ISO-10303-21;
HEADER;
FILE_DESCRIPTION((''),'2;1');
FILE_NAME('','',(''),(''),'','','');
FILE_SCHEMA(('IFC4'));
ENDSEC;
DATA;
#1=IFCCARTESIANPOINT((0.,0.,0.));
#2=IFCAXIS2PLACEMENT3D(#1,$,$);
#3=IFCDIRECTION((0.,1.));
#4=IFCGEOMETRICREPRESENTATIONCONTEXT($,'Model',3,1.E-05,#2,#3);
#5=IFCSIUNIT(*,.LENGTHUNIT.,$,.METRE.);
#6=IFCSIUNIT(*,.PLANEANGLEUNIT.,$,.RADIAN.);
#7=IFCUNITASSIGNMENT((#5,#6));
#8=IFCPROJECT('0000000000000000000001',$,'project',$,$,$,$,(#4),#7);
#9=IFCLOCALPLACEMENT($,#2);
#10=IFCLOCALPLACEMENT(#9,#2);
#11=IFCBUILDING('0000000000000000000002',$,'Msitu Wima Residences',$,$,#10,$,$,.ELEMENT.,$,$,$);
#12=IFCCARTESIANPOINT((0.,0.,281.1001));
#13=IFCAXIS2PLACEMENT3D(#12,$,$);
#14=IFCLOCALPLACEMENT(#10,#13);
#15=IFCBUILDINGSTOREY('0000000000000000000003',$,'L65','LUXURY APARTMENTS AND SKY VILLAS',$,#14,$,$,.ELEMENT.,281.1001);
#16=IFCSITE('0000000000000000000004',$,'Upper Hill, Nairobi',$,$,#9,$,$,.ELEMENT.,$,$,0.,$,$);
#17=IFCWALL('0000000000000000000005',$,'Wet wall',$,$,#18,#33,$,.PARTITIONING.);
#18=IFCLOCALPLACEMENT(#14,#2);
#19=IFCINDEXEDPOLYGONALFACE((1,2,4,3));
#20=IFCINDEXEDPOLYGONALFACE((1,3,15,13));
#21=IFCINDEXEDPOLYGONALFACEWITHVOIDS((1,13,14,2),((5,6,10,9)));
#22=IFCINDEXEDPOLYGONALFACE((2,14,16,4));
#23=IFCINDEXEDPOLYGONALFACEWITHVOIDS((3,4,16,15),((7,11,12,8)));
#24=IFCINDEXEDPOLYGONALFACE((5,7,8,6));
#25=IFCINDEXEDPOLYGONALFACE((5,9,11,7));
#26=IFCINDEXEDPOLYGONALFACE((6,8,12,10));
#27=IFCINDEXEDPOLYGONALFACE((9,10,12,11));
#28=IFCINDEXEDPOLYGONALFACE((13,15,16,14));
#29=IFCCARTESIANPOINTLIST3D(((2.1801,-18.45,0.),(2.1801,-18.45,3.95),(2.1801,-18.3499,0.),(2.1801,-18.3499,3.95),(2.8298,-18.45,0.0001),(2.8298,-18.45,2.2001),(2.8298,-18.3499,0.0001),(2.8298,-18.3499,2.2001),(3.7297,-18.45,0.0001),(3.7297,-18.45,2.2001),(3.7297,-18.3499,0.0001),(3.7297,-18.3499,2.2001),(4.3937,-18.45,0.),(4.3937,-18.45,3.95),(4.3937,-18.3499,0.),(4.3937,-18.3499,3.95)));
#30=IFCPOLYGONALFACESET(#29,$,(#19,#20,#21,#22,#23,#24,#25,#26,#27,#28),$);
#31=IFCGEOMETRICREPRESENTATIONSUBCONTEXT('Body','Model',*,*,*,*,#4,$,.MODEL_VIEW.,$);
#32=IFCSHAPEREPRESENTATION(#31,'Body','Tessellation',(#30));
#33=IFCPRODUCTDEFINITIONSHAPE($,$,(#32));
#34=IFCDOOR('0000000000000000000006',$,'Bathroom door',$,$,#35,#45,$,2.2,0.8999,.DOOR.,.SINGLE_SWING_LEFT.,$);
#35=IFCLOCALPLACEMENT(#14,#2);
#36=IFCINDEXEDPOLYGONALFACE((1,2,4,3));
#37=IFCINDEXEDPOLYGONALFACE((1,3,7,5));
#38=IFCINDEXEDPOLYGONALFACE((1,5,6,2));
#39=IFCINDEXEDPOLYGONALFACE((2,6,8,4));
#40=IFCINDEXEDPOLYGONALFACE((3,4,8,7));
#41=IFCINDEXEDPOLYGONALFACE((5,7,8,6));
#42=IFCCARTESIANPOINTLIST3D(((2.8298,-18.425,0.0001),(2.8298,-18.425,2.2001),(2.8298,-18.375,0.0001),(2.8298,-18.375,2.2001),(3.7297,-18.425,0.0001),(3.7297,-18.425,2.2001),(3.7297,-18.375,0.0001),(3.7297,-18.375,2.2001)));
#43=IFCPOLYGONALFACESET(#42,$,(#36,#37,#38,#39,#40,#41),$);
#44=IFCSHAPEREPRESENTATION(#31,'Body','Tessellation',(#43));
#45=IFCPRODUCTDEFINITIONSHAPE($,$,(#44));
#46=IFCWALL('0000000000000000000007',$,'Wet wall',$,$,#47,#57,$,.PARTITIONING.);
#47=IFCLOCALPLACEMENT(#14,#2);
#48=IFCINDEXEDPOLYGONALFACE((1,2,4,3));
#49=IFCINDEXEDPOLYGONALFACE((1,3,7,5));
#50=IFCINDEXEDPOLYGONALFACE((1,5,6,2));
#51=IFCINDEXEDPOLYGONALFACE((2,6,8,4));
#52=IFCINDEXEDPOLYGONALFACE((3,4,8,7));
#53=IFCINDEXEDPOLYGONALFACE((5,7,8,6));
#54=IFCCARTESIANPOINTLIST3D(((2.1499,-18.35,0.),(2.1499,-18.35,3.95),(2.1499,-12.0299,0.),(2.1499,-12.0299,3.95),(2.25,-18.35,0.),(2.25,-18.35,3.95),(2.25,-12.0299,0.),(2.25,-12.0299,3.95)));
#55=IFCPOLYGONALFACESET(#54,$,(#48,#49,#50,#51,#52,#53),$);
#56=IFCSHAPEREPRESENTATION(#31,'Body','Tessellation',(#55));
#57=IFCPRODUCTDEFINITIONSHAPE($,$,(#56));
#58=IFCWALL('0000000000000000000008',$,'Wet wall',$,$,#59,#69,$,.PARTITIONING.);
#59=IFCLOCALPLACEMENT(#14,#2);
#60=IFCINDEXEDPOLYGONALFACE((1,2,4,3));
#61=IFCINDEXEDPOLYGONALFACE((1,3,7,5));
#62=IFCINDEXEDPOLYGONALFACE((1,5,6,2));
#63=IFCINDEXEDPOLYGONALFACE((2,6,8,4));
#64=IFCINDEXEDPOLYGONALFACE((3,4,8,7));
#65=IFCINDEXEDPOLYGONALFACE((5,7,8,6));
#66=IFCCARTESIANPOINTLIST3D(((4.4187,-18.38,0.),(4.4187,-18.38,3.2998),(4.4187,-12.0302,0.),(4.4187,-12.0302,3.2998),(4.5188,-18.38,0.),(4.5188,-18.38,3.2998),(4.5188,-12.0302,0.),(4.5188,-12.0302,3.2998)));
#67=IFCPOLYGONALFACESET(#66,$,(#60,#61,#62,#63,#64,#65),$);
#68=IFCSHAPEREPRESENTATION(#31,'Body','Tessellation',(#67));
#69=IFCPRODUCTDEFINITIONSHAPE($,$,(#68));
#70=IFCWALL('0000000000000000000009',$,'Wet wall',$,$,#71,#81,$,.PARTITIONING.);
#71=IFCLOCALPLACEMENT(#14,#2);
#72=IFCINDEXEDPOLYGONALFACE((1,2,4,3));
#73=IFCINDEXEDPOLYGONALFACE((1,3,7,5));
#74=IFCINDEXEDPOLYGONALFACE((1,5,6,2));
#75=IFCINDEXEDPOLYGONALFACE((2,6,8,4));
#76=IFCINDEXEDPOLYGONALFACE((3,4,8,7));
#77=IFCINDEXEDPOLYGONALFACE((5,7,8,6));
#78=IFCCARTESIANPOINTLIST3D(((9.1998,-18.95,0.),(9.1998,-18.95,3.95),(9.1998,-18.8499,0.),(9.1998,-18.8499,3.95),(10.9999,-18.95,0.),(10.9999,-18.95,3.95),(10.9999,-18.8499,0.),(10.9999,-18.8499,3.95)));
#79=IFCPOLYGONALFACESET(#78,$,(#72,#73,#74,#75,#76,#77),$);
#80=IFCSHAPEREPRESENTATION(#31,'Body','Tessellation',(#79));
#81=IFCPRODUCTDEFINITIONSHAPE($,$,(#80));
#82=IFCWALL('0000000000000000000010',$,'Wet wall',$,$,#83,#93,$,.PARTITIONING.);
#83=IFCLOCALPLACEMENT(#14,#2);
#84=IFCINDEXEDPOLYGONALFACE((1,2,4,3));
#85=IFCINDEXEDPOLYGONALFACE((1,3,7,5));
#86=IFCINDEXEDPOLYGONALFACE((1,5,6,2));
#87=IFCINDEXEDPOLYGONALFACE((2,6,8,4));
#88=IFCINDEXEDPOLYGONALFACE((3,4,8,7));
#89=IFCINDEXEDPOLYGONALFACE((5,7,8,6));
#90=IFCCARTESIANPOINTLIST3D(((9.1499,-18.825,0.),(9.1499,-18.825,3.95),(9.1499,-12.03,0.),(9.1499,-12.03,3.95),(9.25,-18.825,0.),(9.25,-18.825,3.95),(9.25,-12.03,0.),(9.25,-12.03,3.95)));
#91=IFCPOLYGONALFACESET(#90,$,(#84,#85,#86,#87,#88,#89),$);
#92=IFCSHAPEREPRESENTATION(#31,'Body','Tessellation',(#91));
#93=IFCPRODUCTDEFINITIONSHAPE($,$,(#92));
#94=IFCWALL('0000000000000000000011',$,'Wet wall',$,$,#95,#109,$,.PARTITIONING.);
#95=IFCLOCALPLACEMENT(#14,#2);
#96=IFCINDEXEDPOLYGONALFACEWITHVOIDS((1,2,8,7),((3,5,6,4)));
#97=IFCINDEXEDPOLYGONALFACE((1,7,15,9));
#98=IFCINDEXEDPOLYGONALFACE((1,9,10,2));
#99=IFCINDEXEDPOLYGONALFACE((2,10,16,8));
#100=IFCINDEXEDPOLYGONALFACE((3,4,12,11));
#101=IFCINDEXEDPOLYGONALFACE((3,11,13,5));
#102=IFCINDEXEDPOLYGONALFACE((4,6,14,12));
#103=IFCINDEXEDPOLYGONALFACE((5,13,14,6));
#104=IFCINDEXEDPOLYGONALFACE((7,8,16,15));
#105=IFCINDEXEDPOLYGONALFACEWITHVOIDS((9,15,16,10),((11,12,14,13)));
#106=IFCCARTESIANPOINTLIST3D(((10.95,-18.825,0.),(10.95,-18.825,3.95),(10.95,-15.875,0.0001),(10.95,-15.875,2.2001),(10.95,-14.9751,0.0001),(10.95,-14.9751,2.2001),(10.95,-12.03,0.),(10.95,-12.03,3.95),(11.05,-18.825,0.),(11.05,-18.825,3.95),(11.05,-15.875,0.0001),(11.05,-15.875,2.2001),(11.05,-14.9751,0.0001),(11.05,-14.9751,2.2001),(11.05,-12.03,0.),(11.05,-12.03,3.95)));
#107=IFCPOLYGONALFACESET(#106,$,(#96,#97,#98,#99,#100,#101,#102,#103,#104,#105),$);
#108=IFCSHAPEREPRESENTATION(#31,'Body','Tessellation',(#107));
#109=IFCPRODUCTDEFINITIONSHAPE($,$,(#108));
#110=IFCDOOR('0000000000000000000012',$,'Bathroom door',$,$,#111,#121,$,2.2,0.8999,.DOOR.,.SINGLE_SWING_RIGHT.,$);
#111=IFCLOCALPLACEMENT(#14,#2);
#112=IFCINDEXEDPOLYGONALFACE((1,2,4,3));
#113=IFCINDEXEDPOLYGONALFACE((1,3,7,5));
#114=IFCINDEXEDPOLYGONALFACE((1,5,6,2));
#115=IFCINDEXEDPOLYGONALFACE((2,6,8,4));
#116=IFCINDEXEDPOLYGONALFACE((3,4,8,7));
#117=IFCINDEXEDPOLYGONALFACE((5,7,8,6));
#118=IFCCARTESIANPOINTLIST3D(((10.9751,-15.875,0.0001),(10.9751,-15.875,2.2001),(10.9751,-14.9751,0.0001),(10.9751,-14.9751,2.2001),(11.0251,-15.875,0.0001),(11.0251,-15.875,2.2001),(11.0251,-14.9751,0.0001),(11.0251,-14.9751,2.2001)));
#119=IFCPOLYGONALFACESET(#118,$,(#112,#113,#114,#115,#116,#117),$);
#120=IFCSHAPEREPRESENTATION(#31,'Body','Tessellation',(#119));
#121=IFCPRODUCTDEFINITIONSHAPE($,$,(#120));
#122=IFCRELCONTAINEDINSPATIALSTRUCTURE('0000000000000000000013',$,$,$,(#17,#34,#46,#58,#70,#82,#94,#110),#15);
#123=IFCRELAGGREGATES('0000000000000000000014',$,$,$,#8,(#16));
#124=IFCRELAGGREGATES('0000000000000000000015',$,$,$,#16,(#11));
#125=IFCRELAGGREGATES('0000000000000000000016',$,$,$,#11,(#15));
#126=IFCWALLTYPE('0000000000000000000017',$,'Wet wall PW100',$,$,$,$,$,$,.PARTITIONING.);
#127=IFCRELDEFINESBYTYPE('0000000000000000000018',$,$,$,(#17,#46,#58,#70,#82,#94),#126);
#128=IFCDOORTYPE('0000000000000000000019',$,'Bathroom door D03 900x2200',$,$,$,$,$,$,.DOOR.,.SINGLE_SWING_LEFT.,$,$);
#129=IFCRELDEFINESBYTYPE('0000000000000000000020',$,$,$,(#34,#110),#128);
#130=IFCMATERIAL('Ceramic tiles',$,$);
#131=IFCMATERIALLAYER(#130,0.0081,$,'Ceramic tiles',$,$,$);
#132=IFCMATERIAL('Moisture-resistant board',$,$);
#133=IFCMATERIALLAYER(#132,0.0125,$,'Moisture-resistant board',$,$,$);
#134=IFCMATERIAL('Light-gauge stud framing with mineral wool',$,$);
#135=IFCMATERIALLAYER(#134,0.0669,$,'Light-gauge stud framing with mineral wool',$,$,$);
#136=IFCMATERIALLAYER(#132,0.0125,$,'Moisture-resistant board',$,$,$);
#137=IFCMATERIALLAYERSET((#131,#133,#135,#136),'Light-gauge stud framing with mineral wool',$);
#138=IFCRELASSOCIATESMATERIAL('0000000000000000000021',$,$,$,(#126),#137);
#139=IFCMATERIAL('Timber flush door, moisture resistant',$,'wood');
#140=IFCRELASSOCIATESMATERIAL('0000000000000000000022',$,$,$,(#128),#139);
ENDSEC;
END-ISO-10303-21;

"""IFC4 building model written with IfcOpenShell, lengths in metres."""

from ifc_helpers import new_model, si_unit, direction, frame, frame_2d, origin, place, context, subcontext, project, spatial, rectangle, extrude, material, layer, layer_set, type_object, element, fill, save


model = new_model("IFC4")

# Units and contexts
model_context = context("Model", 3, precision=1e-05, world=origin(), true_north=direction((0.0, 1.0)))
body_context = subcontext(model_context, "Body", "Model", "MODEL_VIEW")
ifc_project = project(units=[si_unit("LENGTHUNIT", "METRE"), si_unit("PLANEANGLEUNIT", "RADIAN")], contexts=[model_context])

# Site, building, storey
site_placement = place(None, origin())
site = spatial("IfcSite", under=ifc_project, at=site_placement, Name="Upper Hill, Nairobi", CompositionType="ELEMENT", RefElevation=0.0)
building_placement = place(site_placement, origin())
building = spatial("IfcBuilding", under=site, at=building_placement, Name="Msitu Wima Residences", CompositionType="ELEMENT")
storey_placement = place(building_placement, frame((0.0, 0.0, 281.1001)))
storey = spatial("IfcBuildingStorey", under=building, at=storey_placement, Name="L65", Description="LUXURY APARTMENTS AND SKY VILLAS", CompositionType="ELEMENT", Elevation=281.1001)

# Wall, opening, door
ifc_material_1 = material(Name="Ceramic tiles")
ifc_layer_1 = layer(ifc_material_1, 0.0081, Name="Ceramic tiles")
ifc_material_2 = material(Name="Moisture-resistant board")
ifc_layer_2 = layer(ifc_material_2, 0.0125, Name="Moisture-resistant board")
ifc_material_3 = material(Name="Light-gauge stud framing with mineral wool")
ifc_layer_3 = layer(ifc_material_3, 0.0669, Name="Light-gauge stud framing with mineral wool")
ifc_layer_4 = layer(ifc_material_2, 0.0125, Name="Moisture-resistant board")
ifc_layer_set_1 = layer_set([ifc_layer_1, ifc_layer_2, ifc_layer_3, ifc_layer_4], Name="Light-gauge stud framing with mineral wool")
wall_type_1 = type_object("IfcWallType", Name="Wet wall PW100", PredefinedType="PARTITIONING", material=ifc_layer_set_1)
wall_1_placement = place(storey_placement, frame((2.1799, -18.3999, 0.0), z_axis=(0.0, 0.0, 1.0), x_axis=(1.0, 0.0, 0.0)))
wall_1 = element("IfcWall", 1, at=wall_1_placement, inside=storey, type_object=wall_type_1, Name="Wet wall", PredefinedType="PARTITIONING", context=body_context, shape_type="SweptSolid", body=[
    extrude(rectangle(XDim=2.2136, YDim=0.1001, at=frame_2d((1.1069, 0.0))), origin(), (0.0, 0.0, 1.0), 3.95),
])
opening_1_placement = place(wall_1_placement, frame((0.6499, 0.0, 0.0)))
opening_1 = element("IfcOpeningElement", 2, at=opening_1_placement, cuts=wall_1, PredefinedType="OPENING", context=body_context, shape_type="SweptSolid", body=[
    extrude(rectangle(XDim=0.8999, YDim=2.2, at=frame_2d((0.45, 1.1001))), frame((0.0, 0.0601, 0.0), z_axis=(0.0, -1.0, 0.0), x_axis=(1.0, 0.0, 0.0)), (0.0, 0.0, 1.0), 0.1201),
])
ifc_material_4 = material(Name="Timber flush door, moisture resistant", Category="wood")
door_type_1 = type_object("IfcDoorType", Name="Bathroom door D03 900x2200", OperationType="SINGLE_SWING_LEFT", PredefinedType="DOOR", material=ifc_material_4)
door_1_placement = place(opening_1_placement, origin())
door_1 = element("IfcDoor", 3, at=door_1_placement, inside=storey, type_object=door_type_1, Name="Bathroom door", OperationType="SINGLE_SWING_LEFT", OverallHeight=2.2, OverallWidth=0.8999, PredefinedType="DOOR", context=body_context, shape_type="SweptSolid", body=[
    extrude(rectangle(XDim=0.8999, YDim=2.2, at=frame_2d((0.45, 1.1001))), frame((0.0, 0.0249, 0.0), z_axis=(0.0, -1.0, 0.0), x_axis=(1.0, 0.0, 0.0)), (0.0, 0.0, 1.0), 0.05),
])
fill(opening_1, door_1)

# Walls
wall_2_placement = place(storey_placement, frame((2.2, -18.3501, 0.0), z_axis=(0.0, 0.0, 1.0), x_axis=(0.0, 1.0, 0.0)))
element("IfcWall", 4, at=wall_2_placement, inside=storey, type_object=wall_type_1, Name="Wet wall", PredefinedType="PARTITIONING", context=body_context, shape_type="SweptSolid", body=[
    extrude(rectangle(XDim=6.3201, YDim=0.1001, at=frame_2d((3.1602, 0.0))), origin(), (0.0, 0.0, 1.0), 3.95),
])
wall_3_placement = place(storey_placement, frame((4.4688, -18.3799, 0.0), z_axis=(0.0, 0.0, 1.0), x_axis=(0.0, 1.0, 0.0)))
element("IfcWall", 5, at=wall_3_placement, inside=storey, type_object=wall_type_1, Name="Wet wall", PredefinedType="PARTITIONING", context=body_context, shape_type="SweptSolid", body=[
    extrude(rectangle(XDim=6.3499, YDim=0.1001, at=frame_2d((3.1748, 0.0))), origin(), (0.0, 0.0, 1.0), 3.2998),
])
wall_4_placement = place(storey_placement, frame((9.2, -18.8999, 0.0), z_axis=(0.0, 0.0, 1.0), x_axis=(1.0, 0.0, 0.0)))
element("IfcWall", 6, at=wall_4_placement, inside=storey, type_object=wall_type_1, Name="Wet wall", PredefinedType="PARTITIONING", context=body_context, shape_type="SweptSolid", body=[
    extrude(rectangle(XDim=1.8, YDim=0.1001, at=frame_2d((0.8999, 0.0))), origin(), (0.0, 0.0, 1.0), 3.95),
])
wall_5_placement = place(storey_placement, frame((9.2, -18.825, 0.0), z_axis=(0.0, 0.0, 1.0), x_axis=(0.0, 1.0, 0.0)))
element("IfcWall", 7, at=wall_5_placement, inside=storey, type_object=wall_type_1, Name="Wet wall", PredefinedType="PARTITIONING", context=body_context, shape_type="SweptSolid", body=[
    extrude(rectangle(XDim=6.7949, YDim=0.1001, at=frame_2d((3.3975, 0.0))), origin(), (0.0, 0.0, 1.0), 3.95),
])

# Wall, opening, door
wall_6_placement = place(storey_placement, frame((11.0, -18.825, 0.0), z_axis=(0.0, 0.0, 1.0), x_axis=(0.0, 1.0, 0.0)))
wall_6 = element("IfcWall", 8, at=wall_6_placement, inside=storey, type_object=wall_type_1, Name="Wet wall", PredefinedType="PARTITIONING", context=body_context, shape_type="SweptSolid", body=[
    extrude(rectangle(XDim=6.7949, YDim=0.1001, at=frame_2d((3.3975, 0.0))), origin(), (0.0, 0.0, 1.0), 3.95),
])
opening_2_placement = place(wall_6_placement, frame((2.95, 0.0, 0.0)))
opening_2 = element("IfcOpeningElement", 9, at=opening_2_placement, cuts=wall_6, PredefinedType="OPENING", context=body_context, shape_type="SweptSolid", body=[
    extrude(rectangle(XDim=0.8999, YDim=2.2, at=frame_2d((0.45, 1.1001))), frame((0.0, 0.0601, 0.0), z_axis=(0.0, -1.0, 0.0), x_axis=(1.0, 0.0, 0.0)), (0.0, 0.0, 1.0), 0.1201),
])
door_2_placement = place(opening_2_placement, origin())
door_2 = element("IfcDoor", 10, at=door_2_placement, inside=storey, type_object=door_type_1, Name="Bathroom door", OperationType="SINGLE_SWING_RIGHT", OverallHeight=2.2, OverallWidth=0.8999, PredefinedType="DOOR", context=body_context, shape_type="SweptSolid", body=[
    extrude(rectangle(XDim=0.8999, YDim=2.2, at=frame_2d((0.45, 1.1001))), frame((0.0, 0.0249, 0.0), z_axis=(0.0, -1.0, 0.0), x_axis=(1.0, 0.0, 0.0)), (0.0, 0.0, 1.0), 0.05),
])
fill(opening_2, door_2)

save(model, "model.ifc")
